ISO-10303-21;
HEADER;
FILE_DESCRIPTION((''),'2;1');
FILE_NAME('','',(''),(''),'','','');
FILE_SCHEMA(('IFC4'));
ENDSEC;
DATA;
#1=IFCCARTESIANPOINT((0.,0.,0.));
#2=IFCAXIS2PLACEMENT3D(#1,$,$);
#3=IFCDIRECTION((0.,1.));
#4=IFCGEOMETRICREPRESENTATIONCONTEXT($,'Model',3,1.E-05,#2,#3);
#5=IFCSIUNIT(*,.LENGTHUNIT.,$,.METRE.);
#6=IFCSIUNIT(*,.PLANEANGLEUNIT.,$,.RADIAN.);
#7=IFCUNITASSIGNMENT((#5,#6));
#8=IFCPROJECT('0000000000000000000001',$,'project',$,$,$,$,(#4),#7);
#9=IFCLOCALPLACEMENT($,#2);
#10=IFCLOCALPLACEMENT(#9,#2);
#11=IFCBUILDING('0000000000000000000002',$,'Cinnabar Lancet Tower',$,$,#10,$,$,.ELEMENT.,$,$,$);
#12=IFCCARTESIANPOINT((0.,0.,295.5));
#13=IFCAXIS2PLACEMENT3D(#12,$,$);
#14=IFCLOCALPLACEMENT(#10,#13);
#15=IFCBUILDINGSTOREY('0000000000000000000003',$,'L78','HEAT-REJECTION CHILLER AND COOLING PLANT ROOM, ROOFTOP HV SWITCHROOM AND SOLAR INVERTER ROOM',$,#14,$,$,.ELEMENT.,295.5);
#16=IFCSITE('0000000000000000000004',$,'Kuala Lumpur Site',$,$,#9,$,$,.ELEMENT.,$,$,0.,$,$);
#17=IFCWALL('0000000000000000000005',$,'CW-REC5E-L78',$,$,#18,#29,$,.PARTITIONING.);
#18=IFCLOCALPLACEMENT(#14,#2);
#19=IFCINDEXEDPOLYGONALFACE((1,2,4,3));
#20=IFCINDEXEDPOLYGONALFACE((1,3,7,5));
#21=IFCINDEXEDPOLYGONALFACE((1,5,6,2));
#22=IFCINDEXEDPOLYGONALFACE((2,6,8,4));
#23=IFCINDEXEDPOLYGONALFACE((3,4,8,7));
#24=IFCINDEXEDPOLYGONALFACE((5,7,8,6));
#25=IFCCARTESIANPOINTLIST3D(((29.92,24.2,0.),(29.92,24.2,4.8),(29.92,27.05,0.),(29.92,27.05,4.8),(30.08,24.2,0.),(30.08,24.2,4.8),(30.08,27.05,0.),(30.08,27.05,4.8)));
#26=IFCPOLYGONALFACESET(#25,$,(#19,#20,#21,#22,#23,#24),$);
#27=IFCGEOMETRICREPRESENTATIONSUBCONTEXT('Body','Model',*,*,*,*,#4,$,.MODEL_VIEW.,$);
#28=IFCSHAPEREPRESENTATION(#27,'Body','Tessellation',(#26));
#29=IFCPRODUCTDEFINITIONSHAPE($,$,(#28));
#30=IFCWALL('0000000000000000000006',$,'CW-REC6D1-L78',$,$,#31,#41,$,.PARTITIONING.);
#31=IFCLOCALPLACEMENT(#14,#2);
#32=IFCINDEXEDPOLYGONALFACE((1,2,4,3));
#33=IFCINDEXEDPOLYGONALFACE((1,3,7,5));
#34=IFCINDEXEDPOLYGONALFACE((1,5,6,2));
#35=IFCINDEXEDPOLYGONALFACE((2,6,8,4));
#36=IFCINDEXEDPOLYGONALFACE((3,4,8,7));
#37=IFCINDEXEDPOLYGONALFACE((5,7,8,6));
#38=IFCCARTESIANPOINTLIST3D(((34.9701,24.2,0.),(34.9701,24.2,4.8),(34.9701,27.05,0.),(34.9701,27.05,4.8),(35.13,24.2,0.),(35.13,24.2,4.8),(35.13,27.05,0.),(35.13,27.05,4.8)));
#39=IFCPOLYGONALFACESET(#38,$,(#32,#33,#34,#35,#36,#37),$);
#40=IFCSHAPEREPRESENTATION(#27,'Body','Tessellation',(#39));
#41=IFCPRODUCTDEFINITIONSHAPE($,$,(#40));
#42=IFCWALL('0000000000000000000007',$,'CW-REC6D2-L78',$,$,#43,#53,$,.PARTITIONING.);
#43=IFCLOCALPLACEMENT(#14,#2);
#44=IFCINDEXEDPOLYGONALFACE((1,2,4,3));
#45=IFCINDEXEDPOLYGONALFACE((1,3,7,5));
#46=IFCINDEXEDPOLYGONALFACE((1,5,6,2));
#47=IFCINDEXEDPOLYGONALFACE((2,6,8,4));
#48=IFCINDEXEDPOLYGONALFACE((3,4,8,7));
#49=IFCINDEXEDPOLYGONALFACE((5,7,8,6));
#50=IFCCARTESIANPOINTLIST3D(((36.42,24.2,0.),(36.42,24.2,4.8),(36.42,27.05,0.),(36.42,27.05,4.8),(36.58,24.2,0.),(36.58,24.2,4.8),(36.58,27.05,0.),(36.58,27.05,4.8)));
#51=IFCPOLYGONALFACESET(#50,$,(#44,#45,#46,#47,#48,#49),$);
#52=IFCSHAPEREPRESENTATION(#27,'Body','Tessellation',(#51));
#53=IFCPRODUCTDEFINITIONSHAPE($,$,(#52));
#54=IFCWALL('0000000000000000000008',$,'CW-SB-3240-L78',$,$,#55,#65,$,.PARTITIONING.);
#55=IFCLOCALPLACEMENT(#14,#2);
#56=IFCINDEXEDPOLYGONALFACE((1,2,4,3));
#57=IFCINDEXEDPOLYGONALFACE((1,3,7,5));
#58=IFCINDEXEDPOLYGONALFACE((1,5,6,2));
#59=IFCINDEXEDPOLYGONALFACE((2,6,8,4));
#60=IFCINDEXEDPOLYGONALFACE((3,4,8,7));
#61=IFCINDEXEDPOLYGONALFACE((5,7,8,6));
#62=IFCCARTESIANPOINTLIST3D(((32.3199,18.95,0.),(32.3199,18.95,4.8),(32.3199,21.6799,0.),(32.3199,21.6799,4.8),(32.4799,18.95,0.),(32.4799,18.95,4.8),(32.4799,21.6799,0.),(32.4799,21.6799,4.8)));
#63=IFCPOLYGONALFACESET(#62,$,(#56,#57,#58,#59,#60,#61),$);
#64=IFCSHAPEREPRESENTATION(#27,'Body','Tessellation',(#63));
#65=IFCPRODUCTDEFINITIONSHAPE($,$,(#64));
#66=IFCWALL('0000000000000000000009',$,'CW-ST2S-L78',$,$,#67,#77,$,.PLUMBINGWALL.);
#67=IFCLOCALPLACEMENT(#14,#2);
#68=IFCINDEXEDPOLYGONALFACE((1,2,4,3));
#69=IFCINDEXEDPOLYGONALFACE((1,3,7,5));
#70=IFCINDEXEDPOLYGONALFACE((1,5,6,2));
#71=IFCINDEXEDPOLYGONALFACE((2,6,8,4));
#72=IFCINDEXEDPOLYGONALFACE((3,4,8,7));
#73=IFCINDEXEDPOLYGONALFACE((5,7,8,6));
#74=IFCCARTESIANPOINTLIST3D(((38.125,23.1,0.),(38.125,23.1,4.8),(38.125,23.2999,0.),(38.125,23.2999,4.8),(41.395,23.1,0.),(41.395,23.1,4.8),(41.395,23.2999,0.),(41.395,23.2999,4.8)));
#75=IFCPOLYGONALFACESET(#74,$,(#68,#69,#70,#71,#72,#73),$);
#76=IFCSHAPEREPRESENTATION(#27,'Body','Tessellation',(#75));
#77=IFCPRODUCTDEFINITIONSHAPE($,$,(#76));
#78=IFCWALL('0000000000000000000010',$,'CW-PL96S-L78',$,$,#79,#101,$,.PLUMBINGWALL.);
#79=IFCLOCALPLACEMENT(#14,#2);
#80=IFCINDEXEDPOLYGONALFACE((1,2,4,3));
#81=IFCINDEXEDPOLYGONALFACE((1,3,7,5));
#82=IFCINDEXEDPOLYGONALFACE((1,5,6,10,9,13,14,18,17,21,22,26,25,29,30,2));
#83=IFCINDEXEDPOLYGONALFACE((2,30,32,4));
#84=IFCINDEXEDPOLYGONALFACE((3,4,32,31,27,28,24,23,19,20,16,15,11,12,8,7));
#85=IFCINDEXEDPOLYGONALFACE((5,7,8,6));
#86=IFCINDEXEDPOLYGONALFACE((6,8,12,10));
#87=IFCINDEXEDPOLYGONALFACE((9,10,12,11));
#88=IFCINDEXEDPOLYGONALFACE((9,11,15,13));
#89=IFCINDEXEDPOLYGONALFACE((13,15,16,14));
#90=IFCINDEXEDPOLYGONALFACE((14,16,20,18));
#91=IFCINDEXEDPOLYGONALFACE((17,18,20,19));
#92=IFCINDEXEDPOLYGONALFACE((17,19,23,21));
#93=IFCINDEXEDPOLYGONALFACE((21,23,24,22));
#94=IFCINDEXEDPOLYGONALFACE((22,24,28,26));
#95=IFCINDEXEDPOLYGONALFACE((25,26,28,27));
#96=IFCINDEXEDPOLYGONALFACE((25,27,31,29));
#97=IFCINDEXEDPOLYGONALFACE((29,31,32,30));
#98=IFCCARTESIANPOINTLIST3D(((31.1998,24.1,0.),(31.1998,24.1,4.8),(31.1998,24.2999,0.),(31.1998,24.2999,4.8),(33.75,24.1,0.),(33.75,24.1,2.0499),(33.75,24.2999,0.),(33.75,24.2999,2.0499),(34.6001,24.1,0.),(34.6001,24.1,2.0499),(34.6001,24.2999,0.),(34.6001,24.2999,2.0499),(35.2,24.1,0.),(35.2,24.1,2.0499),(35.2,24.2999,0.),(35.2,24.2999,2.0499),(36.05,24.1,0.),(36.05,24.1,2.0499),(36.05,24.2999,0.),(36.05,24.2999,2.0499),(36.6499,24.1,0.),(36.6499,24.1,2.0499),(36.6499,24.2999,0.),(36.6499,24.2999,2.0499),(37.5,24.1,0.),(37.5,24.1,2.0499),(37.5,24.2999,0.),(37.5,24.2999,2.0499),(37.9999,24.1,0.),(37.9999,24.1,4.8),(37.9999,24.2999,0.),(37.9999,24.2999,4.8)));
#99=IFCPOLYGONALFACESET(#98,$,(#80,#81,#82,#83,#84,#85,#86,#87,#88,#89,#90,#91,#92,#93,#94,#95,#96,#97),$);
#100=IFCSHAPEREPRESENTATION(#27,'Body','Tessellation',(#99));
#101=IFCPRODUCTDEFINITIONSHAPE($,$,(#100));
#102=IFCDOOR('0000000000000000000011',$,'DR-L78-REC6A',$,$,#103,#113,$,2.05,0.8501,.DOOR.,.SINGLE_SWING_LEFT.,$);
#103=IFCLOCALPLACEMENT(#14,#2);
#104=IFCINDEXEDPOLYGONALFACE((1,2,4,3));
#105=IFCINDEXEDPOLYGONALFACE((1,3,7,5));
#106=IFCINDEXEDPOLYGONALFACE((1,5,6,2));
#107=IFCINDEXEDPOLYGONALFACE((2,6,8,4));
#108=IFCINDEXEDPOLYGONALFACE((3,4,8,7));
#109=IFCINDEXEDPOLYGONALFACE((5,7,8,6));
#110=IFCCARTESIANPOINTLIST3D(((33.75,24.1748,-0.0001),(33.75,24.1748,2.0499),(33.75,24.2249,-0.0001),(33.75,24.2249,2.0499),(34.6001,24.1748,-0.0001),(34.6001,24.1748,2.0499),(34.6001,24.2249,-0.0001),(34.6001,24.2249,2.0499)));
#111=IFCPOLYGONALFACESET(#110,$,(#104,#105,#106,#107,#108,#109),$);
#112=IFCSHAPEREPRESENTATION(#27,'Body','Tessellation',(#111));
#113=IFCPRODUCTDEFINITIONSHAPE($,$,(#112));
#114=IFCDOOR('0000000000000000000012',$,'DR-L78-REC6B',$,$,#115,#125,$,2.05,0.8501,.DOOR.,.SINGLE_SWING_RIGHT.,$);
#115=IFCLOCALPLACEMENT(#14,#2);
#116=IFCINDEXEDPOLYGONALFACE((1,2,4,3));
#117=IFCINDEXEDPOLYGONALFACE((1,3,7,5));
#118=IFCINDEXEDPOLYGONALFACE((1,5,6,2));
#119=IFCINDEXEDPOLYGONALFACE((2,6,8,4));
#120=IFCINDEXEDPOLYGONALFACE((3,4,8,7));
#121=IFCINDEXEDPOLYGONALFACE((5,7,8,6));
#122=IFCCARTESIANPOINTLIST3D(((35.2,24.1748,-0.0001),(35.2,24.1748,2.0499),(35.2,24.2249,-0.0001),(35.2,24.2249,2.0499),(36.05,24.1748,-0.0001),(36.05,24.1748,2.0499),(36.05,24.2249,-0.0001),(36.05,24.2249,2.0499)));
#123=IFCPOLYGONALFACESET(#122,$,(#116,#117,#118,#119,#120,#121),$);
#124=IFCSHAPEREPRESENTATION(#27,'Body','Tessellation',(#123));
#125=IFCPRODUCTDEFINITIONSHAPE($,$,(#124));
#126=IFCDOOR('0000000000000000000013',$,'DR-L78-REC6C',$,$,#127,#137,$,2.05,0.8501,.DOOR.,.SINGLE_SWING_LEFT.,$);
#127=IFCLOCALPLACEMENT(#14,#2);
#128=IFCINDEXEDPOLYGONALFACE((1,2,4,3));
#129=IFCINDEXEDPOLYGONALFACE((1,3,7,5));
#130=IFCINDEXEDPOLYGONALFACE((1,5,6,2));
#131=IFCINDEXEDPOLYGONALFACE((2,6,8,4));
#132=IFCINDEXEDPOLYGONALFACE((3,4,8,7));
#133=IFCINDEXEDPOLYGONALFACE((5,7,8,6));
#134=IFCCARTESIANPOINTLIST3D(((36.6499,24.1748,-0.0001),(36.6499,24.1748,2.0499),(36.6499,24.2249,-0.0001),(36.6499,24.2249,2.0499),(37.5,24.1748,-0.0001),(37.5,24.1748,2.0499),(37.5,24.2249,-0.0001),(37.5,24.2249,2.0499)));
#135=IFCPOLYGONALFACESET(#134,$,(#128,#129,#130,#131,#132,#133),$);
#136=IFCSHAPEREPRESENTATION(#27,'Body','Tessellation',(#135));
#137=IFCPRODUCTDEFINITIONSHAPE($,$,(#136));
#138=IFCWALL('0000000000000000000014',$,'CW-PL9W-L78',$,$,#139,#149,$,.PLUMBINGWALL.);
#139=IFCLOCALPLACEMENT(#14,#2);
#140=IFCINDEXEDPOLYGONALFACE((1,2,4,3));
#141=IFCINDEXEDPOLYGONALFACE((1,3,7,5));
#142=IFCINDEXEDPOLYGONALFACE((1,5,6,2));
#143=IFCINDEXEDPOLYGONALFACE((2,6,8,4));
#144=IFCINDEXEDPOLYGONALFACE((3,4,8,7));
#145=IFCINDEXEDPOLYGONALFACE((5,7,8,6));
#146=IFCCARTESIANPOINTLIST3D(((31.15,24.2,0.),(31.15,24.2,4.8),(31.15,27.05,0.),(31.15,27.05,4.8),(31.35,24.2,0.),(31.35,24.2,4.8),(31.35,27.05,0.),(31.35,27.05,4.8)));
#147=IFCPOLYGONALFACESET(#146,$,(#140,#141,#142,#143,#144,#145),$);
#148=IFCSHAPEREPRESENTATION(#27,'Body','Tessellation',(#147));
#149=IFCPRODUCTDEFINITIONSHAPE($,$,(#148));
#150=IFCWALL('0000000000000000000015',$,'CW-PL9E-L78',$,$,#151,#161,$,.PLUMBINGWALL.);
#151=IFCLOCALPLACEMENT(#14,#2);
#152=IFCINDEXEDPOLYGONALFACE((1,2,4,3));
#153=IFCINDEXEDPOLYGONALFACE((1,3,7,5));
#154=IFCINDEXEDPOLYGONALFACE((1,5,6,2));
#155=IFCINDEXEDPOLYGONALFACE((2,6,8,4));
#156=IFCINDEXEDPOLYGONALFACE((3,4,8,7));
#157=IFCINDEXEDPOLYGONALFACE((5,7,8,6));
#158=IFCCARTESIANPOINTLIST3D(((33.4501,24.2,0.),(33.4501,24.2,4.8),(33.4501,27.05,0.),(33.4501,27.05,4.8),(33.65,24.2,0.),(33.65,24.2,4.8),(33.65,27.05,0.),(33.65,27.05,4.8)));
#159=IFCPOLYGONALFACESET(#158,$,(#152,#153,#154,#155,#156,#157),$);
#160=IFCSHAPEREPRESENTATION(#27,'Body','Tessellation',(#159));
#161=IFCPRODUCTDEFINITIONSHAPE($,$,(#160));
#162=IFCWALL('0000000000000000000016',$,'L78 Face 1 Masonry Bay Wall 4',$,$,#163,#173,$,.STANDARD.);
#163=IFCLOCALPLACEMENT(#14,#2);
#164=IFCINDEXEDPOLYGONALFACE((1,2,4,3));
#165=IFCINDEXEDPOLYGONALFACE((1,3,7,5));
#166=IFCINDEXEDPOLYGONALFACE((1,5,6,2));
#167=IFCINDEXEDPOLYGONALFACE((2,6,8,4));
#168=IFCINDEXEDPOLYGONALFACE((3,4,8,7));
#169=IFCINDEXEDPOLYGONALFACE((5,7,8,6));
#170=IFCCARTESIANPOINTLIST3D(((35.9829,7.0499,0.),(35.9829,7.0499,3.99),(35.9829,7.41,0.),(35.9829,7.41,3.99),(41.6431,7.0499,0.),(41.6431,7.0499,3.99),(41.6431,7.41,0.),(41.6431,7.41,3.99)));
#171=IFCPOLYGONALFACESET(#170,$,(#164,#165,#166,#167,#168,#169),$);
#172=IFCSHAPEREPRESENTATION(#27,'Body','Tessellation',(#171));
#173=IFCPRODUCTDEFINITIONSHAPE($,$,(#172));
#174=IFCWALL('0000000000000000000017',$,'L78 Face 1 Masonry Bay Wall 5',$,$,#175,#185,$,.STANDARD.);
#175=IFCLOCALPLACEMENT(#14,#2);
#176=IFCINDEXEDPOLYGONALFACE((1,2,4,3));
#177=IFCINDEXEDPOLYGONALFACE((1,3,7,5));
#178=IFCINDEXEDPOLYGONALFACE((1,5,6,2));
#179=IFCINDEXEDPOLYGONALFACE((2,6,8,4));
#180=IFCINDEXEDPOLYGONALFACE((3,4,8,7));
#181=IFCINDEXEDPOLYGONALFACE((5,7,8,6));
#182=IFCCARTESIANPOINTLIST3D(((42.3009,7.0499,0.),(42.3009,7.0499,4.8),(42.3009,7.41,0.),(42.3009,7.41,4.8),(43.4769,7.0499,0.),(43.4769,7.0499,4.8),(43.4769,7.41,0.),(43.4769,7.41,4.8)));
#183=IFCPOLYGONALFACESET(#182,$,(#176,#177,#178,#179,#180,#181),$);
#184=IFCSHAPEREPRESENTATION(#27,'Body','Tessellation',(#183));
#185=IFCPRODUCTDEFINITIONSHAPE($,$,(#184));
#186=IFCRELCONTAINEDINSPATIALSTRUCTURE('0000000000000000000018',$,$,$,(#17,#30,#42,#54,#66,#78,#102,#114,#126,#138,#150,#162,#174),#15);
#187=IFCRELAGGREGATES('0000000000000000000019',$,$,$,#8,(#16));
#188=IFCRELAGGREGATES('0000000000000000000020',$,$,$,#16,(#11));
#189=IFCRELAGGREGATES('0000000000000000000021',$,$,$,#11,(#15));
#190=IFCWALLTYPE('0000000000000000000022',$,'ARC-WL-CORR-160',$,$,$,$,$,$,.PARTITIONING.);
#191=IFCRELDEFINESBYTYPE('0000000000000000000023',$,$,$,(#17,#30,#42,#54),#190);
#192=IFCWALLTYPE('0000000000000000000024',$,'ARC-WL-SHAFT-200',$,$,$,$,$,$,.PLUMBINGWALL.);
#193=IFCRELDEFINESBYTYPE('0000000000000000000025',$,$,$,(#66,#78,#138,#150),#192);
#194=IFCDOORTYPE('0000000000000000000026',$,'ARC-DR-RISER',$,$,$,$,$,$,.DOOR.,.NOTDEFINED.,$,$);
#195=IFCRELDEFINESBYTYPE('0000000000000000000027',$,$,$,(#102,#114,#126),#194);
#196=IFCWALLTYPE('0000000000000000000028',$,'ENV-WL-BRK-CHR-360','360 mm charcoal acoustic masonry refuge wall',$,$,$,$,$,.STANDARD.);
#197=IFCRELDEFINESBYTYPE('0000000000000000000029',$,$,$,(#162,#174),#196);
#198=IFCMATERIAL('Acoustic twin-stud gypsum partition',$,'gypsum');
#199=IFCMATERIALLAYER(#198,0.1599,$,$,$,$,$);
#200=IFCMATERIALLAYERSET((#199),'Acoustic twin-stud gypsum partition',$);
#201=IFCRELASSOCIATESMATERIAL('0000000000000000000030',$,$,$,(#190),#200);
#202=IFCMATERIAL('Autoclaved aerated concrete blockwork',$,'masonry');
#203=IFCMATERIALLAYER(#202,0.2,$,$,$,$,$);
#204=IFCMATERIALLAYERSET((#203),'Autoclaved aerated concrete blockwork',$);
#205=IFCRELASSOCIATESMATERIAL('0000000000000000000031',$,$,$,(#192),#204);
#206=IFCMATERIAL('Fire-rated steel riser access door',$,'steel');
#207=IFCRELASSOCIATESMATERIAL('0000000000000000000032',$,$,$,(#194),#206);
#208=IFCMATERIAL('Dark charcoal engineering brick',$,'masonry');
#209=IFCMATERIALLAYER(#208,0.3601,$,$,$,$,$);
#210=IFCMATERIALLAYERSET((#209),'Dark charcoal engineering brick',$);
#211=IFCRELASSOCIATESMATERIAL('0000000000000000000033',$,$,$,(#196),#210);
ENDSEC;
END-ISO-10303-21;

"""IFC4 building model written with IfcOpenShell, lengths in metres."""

from ifc_helpers import new_model, si_unit, direction, frame, frame_2d, origin, place, context, subcontext, project, spatial, rectangle, extrude, material, layer, layer_set, type_object, element, fill, save


model = new_model("IFC4")

# Units and contexts
model_context = context("Model", 3, precision=1e-05, world=origin(), true_north=direction((0.0, 1.0)))
body_context = subcontext(model_context, "Body", "Model", "MODEL_VIEW")
ifc_project = project(units=[si_unit("LENGTHUNIT", "METRE"), si_unit("PLANEANGLEUNIT", "RADIAN")], contexts=[model_context])

# Site, building, storey
site_placement = place(None, origin())
site = spatial("IfcSite", under=ifc_project, at=site_placement, Name="Kuala Lumpur Site", CompositionType="ELEMENT", RefElevation=0.0)
building_placement = place(site_placement, origin())
building = spatial("IfcBuilding", under=site, at=building_placement, Name="Cinnabar Lancet Tower", CompositionType="ELEMENT")
storey_placement = place(building_placement, frame((0.0, 0.0, 295.5)))
storey = spatial("IfcBuildingStorey", under=building, at=storey_placement, Name="L78", Description="HEAT-REJECTION CHILLER AND COOLING PLANT ROOM, ROOFTOP HV SWITCHROOM AND SOLAR INVERTER ROOM", CompositionType="ELEMENT", Elevation=295.5)

# Walls
ifc_material_1 = material(Name="Acoustic twin-stud gypsum partition", Category="gypsum")
ifc_layer_1 = layer(ifc_material_1, 0.1599)
ifc_layer_set_1 = layer_set([ifc_layer_1], Name="Acoustic twin-stud gypsum partition")
wall_type_1 = type_object("IfcWallType", Name="ARC-WL-CORR-160", PredefinedType="PARTITIONING", material=ifc_layer_set_1)
for number, where, z_axis, x_axis, name in (
    (1, (30.0, 24.2, 0.0), (0.0, 0.0, 1.0), (0.0, 1.0, 0.0), "CW-REC5E-L78"),
    (2, (35.05, 24.2, 0.0), (0.0, 0.0, 1.0), (0.0, 1.0, 0.0), "CW-REC6D1-L78"),
    (3, (36.5, 24.2, 0.0), (0.0, 0.0, 1.0), (0.0, 1.0, 0.0), "CW-REC6D2-L78"),
):
    element("IfcWall", number, at=place(storey_placement, frame(where, z_axis=z_axis, x_axis=x_axis)), inside=storey, type_object=wall_type_1, Name=name, PredefinedType="PARTITIONING", context=body_context, shape_type="SweptSolid", body=[
        extrude(rectangle(XDim=2.8501, YDim=0.1599, at=frame_2d((1.425, 0.0))), origin(), (0.0, 0.0, 1.0), 4.8),
    ])
wall_1_placement = place(storey_placement, frame((32.3999, 18.95, 0.0), z_axis=(0.0, 0.0, 1.0), x_axis=(0.0, 1.0, 0.0)))
element("IfcWall", 4, at=wall_1_placement, inside=storey, type_object=wall_type_1, Name="CW-SB-3240-L78", PredefinedType="PARTITIONING", context=body_context, shape_type="SweptSolid", body=[
    extrude(rectangle(XDim=2.73, YDim=0.1599, at=frame_2d((1.365, 0.0))), origin(), (0.0, 0.0, 1.0), 4.8),
])
ifc_material_2 = material(Name="Autoclaved aerated concrete blockwork", Category="masonry")
ifc_layer_2 = layer(ifc_material_2, 0.2)
ifc_layer_set_2 = layer_set([ifc_layer_2], Name="Autoclaved aerated concrete blockwork")
wall_type_2 = type_object("IfcWallType", Name="ARC-WL-SHAFT-200", PredefinedType="PLUMBINGWALL", material=ifc_layer_set_2)
wall_2_placement = place(storey_placement, frame((38.125, 23.2, 0.0), z_axis=(0.0, 0.0, 1.0), x_axis=(1.0, 0.0, 0.0)))
element("IfcWall", 5, at=wall_2_placement, inside=storey, type_object=wall_type_2, Name="CW-ST2S-L78", PredefinedType="PLUMBINGWALL", context=body_context, shape_type="SweptSolid", body=[
    extrude(rectangle(XDim=3.27, YDim=0.2, at=frame_2d((1.635, 0.0))), origin(), (0.0, 0.0, 1.0), 4.8),
])

# Wall, openings, doors
wall_3_placement = place(storey_placement, frame((31.2, 24.2, 0.0), z_axis=(0.0, 0.0, 1.0), x_axis=(1.0, 0.0, 0.0)))
wall_3 = element("IfcWall", 6, at=wall_3_placement, inside=storey, type_object=wall_type_2, Name="CW-PL96S-L78", PredefinedType="PLUMBINGWALL", context=body_context, shape_type="SweptSolid", body=[
    extrude(rectangle(XDim=6.8, YDim=0.2, at=frame_2d((3.3999, 0.0))), origin(), (0.0, 0.0, 1.0), 4.8),
])
opening_1_placement = place(wall_3_placement, frame((2.55, 0.0, 0.0)))
opening_1 = element("IfcOpeningElement", 7, at=opening_1_placement, cuts=wall_3, PredefinedType="OPENING", context=body_context, shape_type="SweptSolid", body=[
    extrude(rectangle(XDim=0.8501, YDim=2.05, at=frame_2d((0.425, 1.0249))), frame((0.0, 0.1099, 0.0), z_axis=(0.0, -1.0, 0.0), x_axis=(1.0, 0.0, 0.0)), (0.0, 0.0, 1.0), 0.22),
])
opening_2_placement = place(wall_3_placement, frame((4.0, 0.0, 0.0)))
opening_2 = element("IfcOpeningElement", 8, at=opening_2_placement, cuts=wall_3, PredefinedType="OPENING", context=body_context, shape_type="SweptSolid", body=[
    extrude(rectangle(XDim=0.8501, YDim=2.05, at=frame_2d((0.425, 1.0249))), frame((0.0, 0.1099, 0.0), z_axis=(0.0, -1.0, 0.0), x_axis=(1.0, 0.0, 0.0)), (0.0, 0.0, 1.0), 0.22),
])
opening_3_placement = place(wall_3_placement, frame((5.45, 0.0, 0.0)))
opening_3 = element("IfcOpeningElement", 9, at=opening_3_placement, cuts=wall_3, PredefinedType="OPENING", context=body_context, shape_type="SweptSolid", body=[
    extrude(rectangle(XDim=0.8501, YDim=2.05, at=frame_2d((0.425, 1.0249))), frame((0.0, 0.1099, 0.0), z_axis=(0.0, -1.0, 0.0), x_axis=(1.0, 0.0, 0.0)), (0.0, 0.0, 1.0), 0.22),
])
ifc_material_3 = material(Name="Fire-rated steel riser access door", Category="steel")
door_type_1 = type_object("IfcDoorType", Name="ARC-DR-RISER", OperationType="NOTDEFINED", PredefinedType="DOOR", material=ifc_material_3)
door_1_placement = place(opening_1_placement, origin())
door_1 = element("IfcDoor", 10, at=door_1_placement, inside=storey, type_object=door_type_1, Name="DR-L78-REC6A", OperationType="SINGLE_SWING_LEFT", OverallHeight=2.05, OverallWidth=0.8501, PredefinedType="DOOR", context=body_context, shape_type="SweptSolid", body=[
    extrude(rectangle(XDim=0.8501, YDim=2.05, at=frame_2d((0.425, 1.0249))), frame((0.0, 0.0249, 0.0), z_axis=(0.0, -1.0, 0.0), x_axis=(1.0, 0.0, 0.0)), (0.0, 0.0, 1.0), 0.05),
])
fill(opening_1, door_1)
door_2_placement = place(opening_2_placement, origin())
door_2 = element("IfcDoor", 11, at=door_2_placement, inside=storey, type_object=door_type_1, Name="DR-L78-REC6B", OperationType="SINGLE_SWING_RIGHT", OverallHeight=2.05, OverallWidth=0.8501, PredefinedType="DOOR", context=body_context, shape_type="SweptSolid", body=[
    extrude(rectangle(XDim=0.8501, YDim=2.05, at=frame_2d((0.425, 1.0249))), frame((0.0, 0.0249, 0.0), z_axis=(0.0, -1.0, 0.0), x_axis=(1.0, 0.0, 0.0)), (0.0, 0.0, 1.0), 0.05),
])
fill(opening_2, door_2)
door_3_placement = place(opening_3_placement, origin())
door_3 = element("IfcDoor", 12, at=door_3_placement, inside=storey, type_object=door_type_1, Name="DR-L78-REC6C", OperationType="SINGLE_SWING_LEFT", OverallHeight=2.05, OverallWidth=0.8501, PredefinedType="DOOR", context=body_context, shape_type="SweptSolid", body=[
    extrude(rectangle(XDim=0.8501, YDim=2.05, at=frame_2d((0.425, 1.0249))), frame((0.0, 0.0249, 0.0), z_axis=(0.0, -1.0, 0.0), x_axis=(1.0, 0.0, 0.0)), (0.0, 0.0, 1.0), 0.05),
])
fill(opening_3, door_3)

# Walls
for number, where, z_axis, x_axis, name in (
    (13, (31.25, 24.2, 0.0), (0.0, 0.0, 1.0), (0.0, 1.0, 0.0), "CW-PL9W-L78"),
    (14, (33.55, 24.2, 0.0), (0.0, 0.0, 1.0), (0.0, 1.0, 0.0), "CW-PL9E-L78"),
):
    element("IfcWall", number, at=place(storey_placement, frame(where, z_axis=z_axis, x_axis=x_axis)), inside=storey, type_object=wall_type_2, Name=name, PredefinedType="PLUMBINGWALL", context=body_context, shape_type="SweptSolid", body=[
        extrude(rectangle(XDim=2.8501, YDim=0.2, at=frame_2d((1.425, 0.0))), origin(), (0.0, 0.0, 1.0), 4.8),
    ])
ifc_material_4 = material(Name="Dark charcoal engineering brick", Category="masonry")
ifc_layer_3 = layer(ifc_material_4, 0.3601)
ifc_layer_set_3 = layer_set([ifc_layer_3], Name="Dark charcoal engineering brick")
wall_type_3 = type_object("IfcWallType", Name="ENV-WL-BRK-CHR-360", Description="360 mm charcoal acoustic masonry refuge wall", PredefinedType="STANDARD", material=ifc_layer_set_3)
wall_4_placement = place(storey_placement, frame((35.9829, 7.23, 0.0), z_axis=(0.0, 0.0, 1.0), x_axis=(1.0, 0.0, 0.0)))
element("IfcWall", 15, at=wall_4_placement, inside=storey, type_object=wall_type_3, Name="L78 Face 1 Masonry Bay Wall 4", PredefinedType="STANDARD", context=body_context, shape_type="SweptSolid", body=[
    extrude(rectangle(XDim=5.6602, YDim=0.3601, at=frame_2d((2.8301, 0.0))), origin(), (0.0, 0.0, 1.0), 3.99),
])
wall_5_placement = place(storey_placement, frame((42.301, 7.23, 0.0), z_axis=(0.0, 0.0, 1.0), x_axis=(1.0, 0.0, 0.0)))
element("IfcWall", 16, at=wall_5_placement, inside=storey, type_object=wall_type_3, Name="L78 Face 1 Masonry Bay Wall 5", PredefinedType="STANDARD", context=body_context, shape_type="SweptSolid", body=[
    extrude(rectangle(XDim=1.176, YDim=0.3601, at=frame_2d((0.5879, 0.0))), origin(), (0.0, 0.0, 1.0), 4.8),
])

save(model, "model.ifc")
